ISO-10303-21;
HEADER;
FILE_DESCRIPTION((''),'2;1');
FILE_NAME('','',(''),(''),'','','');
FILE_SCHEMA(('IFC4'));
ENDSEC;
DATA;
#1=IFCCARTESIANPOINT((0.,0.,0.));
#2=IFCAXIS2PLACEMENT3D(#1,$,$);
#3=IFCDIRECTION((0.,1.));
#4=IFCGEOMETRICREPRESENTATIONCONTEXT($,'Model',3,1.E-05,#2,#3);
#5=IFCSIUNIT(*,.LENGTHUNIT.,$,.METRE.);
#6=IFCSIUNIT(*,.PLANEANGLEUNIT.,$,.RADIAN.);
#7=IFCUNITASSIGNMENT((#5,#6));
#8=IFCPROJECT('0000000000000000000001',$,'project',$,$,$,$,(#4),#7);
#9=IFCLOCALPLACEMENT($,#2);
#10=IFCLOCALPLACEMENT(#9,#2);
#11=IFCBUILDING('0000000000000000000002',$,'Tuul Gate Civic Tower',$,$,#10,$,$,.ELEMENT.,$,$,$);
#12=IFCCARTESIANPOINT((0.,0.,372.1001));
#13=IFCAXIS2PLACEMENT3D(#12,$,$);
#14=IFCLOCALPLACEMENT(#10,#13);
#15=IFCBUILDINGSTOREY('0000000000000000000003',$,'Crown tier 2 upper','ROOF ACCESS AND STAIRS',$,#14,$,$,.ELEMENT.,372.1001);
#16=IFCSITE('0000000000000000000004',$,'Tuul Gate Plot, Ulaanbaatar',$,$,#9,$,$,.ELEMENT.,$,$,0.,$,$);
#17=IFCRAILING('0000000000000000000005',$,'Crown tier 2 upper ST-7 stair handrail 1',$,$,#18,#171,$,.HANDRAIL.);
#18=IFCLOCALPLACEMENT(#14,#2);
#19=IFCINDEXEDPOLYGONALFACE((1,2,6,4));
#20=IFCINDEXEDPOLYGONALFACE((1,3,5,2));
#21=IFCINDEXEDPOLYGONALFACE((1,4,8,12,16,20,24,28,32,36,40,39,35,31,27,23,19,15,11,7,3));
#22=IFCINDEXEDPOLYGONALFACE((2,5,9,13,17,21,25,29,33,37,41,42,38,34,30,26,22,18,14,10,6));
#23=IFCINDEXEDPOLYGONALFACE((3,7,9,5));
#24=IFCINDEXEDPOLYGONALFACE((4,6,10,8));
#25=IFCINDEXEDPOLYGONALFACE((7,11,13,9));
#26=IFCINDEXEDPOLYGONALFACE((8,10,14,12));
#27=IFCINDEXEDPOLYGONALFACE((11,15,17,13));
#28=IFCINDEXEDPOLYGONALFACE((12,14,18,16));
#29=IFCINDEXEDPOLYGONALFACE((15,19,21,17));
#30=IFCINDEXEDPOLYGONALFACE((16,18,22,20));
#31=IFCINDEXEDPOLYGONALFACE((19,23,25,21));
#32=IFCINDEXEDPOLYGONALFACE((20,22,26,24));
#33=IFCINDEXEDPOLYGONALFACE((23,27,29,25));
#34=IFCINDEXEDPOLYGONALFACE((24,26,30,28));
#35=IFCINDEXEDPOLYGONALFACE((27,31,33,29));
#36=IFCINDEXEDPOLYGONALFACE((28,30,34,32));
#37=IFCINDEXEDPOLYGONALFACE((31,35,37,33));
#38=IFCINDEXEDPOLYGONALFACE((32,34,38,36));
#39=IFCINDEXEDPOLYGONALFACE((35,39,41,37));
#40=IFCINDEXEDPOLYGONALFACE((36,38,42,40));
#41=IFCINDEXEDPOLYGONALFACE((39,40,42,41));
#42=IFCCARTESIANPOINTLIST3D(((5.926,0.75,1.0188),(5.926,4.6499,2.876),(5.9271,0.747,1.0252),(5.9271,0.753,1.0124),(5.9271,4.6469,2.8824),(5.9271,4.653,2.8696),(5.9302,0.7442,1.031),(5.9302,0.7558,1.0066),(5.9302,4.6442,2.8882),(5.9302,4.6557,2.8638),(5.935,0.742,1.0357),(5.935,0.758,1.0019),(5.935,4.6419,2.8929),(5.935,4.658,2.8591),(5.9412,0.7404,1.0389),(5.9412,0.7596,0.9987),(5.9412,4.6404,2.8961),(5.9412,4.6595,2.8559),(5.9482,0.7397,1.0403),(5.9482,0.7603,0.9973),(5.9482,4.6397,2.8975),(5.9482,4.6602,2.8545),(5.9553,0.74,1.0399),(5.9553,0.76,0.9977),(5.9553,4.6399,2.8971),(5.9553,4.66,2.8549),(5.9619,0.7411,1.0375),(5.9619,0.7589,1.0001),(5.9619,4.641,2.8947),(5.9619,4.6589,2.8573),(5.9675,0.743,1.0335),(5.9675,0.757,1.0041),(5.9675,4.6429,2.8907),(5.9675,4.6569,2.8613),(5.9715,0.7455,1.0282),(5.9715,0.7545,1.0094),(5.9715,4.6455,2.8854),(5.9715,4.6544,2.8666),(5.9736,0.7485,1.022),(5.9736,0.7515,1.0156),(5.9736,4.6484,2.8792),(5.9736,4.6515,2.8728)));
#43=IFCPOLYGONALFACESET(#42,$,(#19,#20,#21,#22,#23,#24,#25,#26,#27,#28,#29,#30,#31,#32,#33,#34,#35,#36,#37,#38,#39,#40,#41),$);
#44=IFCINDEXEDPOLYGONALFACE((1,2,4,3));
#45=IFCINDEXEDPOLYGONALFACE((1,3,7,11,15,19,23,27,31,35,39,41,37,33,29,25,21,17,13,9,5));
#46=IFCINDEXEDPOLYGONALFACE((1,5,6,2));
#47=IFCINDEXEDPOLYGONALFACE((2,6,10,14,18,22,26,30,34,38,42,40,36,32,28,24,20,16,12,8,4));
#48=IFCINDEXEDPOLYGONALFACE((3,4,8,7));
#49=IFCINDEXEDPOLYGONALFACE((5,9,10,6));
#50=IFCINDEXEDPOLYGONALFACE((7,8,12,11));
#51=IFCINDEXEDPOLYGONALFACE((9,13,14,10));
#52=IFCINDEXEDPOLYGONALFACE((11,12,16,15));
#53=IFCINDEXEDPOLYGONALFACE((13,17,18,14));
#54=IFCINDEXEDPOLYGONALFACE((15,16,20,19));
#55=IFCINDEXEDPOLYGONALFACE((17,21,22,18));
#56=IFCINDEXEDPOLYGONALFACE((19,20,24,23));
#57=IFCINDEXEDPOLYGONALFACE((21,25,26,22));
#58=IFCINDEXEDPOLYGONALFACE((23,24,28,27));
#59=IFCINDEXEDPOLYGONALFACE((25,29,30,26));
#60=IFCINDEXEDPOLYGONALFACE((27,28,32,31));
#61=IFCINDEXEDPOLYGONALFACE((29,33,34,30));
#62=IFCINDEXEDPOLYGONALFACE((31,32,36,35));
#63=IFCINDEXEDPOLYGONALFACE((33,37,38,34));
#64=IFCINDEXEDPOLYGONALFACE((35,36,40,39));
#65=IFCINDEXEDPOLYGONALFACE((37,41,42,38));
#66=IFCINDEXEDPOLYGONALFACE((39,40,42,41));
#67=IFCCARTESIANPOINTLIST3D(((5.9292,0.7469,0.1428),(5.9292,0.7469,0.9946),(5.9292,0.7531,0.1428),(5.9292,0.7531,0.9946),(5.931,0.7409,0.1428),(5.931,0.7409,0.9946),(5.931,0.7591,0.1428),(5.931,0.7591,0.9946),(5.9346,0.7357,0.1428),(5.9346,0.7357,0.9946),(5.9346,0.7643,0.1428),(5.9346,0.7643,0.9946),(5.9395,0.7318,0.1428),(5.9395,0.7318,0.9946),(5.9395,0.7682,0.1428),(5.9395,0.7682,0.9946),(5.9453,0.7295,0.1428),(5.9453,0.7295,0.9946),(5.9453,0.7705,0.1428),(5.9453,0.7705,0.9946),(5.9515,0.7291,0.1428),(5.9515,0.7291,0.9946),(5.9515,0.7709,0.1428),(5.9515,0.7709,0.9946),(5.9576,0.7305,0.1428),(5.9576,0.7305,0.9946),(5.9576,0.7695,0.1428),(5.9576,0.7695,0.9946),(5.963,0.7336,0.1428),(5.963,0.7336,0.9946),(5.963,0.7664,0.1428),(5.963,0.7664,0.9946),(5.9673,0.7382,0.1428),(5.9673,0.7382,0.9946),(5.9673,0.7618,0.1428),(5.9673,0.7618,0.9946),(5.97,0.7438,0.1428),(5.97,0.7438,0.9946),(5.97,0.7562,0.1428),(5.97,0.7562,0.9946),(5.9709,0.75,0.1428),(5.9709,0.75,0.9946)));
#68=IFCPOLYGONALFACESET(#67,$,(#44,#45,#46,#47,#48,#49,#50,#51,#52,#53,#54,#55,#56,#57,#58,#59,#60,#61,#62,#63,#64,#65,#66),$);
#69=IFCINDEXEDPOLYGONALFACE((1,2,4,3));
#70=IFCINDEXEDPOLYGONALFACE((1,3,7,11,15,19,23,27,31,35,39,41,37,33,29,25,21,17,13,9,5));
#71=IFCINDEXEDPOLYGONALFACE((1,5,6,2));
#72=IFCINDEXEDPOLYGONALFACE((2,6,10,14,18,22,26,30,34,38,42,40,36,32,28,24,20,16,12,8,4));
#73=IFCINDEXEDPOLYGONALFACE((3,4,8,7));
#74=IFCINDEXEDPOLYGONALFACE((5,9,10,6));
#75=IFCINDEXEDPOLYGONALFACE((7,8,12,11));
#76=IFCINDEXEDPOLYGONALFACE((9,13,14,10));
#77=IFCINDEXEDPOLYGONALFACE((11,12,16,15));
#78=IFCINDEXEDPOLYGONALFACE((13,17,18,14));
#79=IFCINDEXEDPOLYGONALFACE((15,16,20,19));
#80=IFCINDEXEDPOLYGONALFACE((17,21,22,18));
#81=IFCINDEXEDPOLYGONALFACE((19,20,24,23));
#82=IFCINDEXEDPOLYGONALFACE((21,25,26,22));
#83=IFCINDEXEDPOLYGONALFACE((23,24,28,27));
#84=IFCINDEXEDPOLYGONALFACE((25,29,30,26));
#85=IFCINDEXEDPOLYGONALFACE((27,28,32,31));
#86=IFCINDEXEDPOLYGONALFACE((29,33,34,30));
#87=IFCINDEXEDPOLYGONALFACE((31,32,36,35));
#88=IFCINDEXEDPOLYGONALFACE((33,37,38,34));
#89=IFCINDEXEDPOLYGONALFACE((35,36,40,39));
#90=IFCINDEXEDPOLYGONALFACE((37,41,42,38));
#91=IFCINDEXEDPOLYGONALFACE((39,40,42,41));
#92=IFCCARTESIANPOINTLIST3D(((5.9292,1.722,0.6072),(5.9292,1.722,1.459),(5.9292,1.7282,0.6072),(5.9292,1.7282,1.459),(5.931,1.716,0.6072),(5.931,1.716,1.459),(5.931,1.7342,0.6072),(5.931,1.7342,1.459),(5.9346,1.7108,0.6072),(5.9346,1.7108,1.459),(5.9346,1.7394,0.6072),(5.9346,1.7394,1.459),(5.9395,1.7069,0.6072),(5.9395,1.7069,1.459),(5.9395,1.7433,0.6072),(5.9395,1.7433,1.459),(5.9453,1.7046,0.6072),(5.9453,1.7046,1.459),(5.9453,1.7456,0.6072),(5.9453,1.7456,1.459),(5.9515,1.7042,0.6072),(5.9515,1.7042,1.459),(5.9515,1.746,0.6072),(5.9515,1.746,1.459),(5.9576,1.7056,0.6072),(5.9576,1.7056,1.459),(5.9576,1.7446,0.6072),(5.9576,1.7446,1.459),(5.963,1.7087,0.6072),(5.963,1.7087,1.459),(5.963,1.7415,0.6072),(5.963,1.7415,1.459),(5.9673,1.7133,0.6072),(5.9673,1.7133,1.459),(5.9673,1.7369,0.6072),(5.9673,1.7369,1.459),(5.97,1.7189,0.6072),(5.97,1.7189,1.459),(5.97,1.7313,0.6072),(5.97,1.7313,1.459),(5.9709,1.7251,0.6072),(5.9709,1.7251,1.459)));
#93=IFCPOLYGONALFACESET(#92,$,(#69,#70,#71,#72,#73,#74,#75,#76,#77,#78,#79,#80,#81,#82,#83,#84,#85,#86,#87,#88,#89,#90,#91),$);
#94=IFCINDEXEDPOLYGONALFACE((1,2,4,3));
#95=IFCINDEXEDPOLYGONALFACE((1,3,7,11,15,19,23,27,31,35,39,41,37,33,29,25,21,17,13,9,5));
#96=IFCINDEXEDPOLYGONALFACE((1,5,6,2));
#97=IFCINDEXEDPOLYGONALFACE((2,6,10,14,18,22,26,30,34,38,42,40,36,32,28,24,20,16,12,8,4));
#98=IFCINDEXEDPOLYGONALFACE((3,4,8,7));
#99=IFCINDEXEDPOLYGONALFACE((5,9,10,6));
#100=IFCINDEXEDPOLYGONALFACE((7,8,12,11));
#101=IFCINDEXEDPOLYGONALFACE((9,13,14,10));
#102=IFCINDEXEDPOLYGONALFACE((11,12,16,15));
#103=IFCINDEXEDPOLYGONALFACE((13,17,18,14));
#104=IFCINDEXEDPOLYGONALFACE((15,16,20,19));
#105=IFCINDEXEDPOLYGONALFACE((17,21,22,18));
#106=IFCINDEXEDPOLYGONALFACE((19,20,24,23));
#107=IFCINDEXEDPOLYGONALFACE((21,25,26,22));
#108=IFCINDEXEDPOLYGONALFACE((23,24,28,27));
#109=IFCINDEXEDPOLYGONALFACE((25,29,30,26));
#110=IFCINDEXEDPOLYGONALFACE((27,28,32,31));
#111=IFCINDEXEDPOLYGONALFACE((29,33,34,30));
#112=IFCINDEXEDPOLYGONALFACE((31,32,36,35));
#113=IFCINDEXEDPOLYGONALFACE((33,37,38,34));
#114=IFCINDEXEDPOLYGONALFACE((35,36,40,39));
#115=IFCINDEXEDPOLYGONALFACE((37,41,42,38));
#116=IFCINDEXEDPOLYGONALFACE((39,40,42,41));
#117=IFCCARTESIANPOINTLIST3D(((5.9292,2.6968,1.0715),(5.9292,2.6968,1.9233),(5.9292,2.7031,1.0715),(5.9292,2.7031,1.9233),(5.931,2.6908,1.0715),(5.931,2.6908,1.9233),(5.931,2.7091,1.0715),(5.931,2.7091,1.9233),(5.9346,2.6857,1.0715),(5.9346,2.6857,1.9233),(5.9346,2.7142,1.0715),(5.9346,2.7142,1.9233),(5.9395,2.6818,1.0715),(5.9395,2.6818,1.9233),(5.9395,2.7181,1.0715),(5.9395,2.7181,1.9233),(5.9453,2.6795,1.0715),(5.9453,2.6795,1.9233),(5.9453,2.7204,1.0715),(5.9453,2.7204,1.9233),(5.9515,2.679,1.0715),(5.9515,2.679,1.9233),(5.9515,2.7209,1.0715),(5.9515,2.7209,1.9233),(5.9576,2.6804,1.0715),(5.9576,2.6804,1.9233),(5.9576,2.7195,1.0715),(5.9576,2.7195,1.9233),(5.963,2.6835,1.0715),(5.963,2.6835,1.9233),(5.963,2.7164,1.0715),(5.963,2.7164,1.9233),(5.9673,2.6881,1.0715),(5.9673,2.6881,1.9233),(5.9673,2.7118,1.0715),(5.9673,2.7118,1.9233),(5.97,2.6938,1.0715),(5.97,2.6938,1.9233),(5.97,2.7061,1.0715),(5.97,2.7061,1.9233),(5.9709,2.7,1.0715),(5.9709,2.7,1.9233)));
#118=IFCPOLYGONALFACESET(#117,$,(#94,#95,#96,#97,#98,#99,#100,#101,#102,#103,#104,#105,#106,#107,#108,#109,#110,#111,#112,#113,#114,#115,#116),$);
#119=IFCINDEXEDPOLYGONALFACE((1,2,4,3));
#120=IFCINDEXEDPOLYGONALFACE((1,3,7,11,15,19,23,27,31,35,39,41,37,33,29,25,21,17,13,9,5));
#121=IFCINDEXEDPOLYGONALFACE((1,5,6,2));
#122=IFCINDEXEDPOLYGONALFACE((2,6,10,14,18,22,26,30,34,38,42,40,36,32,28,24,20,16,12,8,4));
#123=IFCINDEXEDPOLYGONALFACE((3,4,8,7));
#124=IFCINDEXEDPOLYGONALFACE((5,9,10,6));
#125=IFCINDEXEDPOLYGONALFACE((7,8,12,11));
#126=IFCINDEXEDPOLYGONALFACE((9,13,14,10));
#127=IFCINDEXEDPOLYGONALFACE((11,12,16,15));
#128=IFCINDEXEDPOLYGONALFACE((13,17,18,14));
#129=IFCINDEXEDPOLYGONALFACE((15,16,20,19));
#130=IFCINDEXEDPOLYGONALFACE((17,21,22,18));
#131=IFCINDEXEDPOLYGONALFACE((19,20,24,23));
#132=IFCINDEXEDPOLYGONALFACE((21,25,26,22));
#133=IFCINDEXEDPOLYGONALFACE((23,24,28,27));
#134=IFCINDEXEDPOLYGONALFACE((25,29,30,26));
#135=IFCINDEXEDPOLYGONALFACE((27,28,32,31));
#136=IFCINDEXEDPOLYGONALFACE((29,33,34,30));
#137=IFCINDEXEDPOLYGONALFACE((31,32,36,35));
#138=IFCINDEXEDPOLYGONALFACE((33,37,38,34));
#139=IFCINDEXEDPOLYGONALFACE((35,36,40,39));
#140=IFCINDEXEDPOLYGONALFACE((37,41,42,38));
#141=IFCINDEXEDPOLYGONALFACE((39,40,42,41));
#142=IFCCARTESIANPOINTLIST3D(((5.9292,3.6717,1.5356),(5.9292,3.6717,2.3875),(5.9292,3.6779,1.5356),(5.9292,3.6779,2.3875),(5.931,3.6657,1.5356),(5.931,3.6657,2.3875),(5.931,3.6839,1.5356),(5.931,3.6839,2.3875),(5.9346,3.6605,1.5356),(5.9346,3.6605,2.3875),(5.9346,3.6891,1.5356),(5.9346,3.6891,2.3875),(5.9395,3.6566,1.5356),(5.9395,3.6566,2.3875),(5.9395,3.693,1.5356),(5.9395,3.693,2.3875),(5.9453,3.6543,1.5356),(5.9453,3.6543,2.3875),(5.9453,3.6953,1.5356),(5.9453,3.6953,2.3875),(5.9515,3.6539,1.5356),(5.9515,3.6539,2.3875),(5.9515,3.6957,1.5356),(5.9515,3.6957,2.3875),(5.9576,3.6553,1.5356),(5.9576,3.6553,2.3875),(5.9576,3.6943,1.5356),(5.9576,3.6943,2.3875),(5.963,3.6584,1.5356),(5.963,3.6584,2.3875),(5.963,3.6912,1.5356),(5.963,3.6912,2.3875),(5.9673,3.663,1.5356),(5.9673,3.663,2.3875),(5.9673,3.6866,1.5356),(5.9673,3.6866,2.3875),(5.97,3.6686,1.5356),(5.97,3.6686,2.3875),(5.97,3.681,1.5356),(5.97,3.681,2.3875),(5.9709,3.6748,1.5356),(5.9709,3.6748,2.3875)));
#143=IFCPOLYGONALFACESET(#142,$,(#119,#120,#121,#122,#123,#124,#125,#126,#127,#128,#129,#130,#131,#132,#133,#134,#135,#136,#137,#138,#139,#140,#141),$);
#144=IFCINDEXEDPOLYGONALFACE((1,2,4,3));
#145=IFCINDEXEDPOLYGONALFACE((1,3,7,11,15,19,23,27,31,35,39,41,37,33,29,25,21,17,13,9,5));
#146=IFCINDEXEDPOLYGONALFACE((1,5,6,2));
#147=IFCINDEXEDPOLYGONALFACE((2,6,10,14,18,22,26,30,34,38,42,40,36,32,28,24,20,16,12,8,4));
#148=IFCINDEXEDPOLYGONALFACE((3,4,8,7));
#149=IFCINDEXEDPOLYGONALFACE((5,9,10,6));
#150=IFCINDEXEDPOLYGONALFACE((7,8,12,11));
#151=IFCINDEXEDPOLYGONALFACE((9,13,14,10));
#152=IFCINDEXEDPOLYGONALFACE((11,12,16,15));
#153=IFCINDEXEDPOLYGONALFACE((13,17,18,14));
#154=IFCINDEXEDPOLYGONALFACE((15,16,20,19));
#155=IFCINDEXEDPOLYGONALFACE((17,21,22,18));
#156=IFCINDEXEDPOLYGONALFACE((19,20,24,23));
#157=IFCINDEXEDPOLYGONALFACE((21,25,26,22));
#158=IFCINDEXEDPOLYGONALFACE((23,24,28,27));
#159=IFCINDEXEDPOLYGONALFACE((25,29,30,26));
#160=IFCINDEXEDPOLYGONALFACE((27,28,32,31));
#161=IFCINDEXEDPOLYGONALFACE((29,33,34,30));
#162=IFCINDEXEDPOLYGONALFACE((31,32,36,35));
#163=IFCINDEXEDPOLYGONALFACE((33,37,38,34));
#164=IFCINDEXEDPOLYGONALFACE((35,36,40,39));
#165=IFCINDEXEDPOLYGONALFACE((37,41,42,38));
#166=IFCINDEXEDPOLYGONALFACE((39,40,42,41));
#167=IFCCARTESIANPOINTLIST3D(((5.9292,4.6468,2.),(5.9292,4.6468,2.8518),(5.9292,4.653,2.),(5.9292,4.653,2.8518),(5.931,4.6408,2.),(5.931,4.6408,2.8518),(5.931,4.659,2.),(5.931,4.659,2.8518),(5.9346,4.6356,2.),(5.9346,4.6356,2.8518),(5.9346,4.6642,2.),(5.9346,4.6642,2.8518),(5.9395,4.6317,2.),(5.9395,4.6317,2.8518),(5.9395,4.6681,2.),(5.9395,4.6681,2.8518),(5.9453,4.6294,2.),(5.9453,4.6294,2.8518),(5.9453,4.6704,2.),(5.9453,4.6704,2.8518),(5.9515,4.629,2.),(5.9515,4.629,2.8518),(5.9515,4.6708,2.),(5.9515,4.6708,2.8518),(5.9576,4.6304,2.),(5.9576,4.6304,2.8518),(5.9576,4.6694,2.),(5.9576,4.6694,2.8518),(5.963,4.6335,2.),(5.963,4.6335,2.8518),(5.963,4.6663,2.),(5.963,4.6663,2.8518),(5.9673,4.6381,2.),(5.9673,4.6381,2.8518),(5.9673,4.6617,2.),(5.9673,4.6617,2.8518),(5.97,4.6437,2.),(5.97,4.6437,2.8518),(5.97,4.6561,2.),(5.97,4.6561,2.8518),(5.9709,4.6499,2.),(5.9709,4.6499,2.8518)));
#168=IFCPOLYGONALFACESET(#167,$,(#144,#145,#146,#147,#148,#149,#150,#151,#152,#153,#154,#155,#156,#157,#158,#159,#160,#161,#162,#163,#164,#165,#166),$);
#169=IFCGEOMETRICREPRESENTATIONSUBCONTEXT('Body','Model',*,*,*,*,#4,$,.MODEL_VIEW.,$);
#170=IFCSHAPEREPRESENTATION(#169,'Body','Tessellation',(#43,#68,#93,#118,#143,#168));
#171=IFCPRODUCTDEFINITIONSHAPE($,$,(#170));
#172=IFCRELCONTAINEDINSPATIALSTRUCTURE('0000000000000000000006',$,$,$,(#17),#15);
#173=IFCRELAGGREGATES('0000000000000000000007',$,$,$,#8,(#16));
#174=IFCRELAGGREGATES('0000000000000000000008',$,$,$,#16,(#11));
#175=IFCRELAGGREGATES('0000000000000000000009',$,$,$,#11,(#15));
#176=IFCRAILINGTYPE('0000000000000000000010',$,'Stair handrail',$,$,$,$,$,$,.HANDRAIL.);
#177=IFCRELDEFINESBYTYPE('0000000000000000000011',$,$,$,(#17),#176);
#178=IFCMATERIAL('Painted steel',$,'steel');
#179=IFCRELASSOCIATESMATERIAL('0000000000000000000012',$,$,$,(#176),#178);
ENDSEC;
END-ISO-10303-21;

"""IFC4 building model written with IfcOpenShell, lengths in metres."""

from ifc_helpers import new_model, si_unit, direction, frame, origin, origin_2d, place, context, subcontext, project, spatial, circle, extrude, material, type_object, element, save


model = new_model("IFC4")

# Units and contexts
model_context = context("Model", 3, precision=1e-05, world=origin(), true_north=direction((0.0, 1.0)))
body_context = subcontext(model_context, "Body", "Model", "MODEL_VIEW")
ifc_project = project(units=[si_unit("LENGTHUNIT", "METRE"), si_unit("PLANEANGLEUNIT", "RADIAN")], contexts=[model_context])

# Site, building, storey
site_placement = place(None, origin())
site = spatial("IfcSite", under=ifc_project, at=site_placement, Name="Tuul Gate Plot, Ulaanbaatar", CompositionType="ELEMENT", RefElevation=0.0)
building_placement = place(site_placement, origin())
building = spatial("IfcBuilding", under=site, at=building_placement, Name="Tuul Gate Civic Tower", CompositionType="ELEMENT")
storey_placement = place(building_placement, frame((0.0, 0.0, 372.1001)))
storey = spatial("IfcBuildingStorey", under=building, at=storey_placement, Name="Crown tier 2 upper", Description="ROOF ACCESS AND STAIRS", CompositionType="ELEMENT", Elevation=372.1001)

# Railing
ifc_material_1 = material(Name="Painted steel", Category="steel")
railing_type_1 = type_object("IfcRailingType", Name="Stair handrail", PredefinedType="HANDRAIL", material=ifc_material_1)
for number, where, name in (
    (1, (5.95, 0.75, 0.1428), "Crown tier 2 upper ST-7 stair handrail 1"),
):
    element("IfcRailing", number, at=place(storey_placement, frame(where)), inside=storey, type_object=railing_type_1, Name=name, PredefinedType="HANDRAIL", context=body_context, shape_type="SweptSolid", body=[
        extrude(circle(Radius=0.0239, at=origin_2d()), frame((0.0, 0.0, 0.876), z_axis=(0.0, 0.902853, 0.429949), x_axis=(-1.0, 0.0, 0.0)), (0.0, 0.0, 1.0), 4.3196),
        extrude(circle(Radius=0.021, at=origin_2d()), origin(), (0.0, 0.0, 1.0), 0.8518),
        extrude(circle(Radius=0.021, at=origin_2d()), frame((0.0, 0.9751, 0.4644)), (0.0, 0.0, 1.0), 0.8518),
        extrude(circle(Radius=0.021, at=origin_2d()), frame((0.0, 1.95, 0.9287)), (0.0, 0.0, 1.0), 0.8518),
        extrude(circle(Radius=0.021, at=origin_2d()), frame((0.0, 2.9248, 1.3928)), (0.0, 0.0, 1.0), 0.8518),
        extrude(circle(Radius=0.021, at=origin_2d()), frame((0.0, 3.8999, 1.8572)), (0.0, 0.0, 1.0), 0.8518),
    ])

save(model, "model.ifc")
